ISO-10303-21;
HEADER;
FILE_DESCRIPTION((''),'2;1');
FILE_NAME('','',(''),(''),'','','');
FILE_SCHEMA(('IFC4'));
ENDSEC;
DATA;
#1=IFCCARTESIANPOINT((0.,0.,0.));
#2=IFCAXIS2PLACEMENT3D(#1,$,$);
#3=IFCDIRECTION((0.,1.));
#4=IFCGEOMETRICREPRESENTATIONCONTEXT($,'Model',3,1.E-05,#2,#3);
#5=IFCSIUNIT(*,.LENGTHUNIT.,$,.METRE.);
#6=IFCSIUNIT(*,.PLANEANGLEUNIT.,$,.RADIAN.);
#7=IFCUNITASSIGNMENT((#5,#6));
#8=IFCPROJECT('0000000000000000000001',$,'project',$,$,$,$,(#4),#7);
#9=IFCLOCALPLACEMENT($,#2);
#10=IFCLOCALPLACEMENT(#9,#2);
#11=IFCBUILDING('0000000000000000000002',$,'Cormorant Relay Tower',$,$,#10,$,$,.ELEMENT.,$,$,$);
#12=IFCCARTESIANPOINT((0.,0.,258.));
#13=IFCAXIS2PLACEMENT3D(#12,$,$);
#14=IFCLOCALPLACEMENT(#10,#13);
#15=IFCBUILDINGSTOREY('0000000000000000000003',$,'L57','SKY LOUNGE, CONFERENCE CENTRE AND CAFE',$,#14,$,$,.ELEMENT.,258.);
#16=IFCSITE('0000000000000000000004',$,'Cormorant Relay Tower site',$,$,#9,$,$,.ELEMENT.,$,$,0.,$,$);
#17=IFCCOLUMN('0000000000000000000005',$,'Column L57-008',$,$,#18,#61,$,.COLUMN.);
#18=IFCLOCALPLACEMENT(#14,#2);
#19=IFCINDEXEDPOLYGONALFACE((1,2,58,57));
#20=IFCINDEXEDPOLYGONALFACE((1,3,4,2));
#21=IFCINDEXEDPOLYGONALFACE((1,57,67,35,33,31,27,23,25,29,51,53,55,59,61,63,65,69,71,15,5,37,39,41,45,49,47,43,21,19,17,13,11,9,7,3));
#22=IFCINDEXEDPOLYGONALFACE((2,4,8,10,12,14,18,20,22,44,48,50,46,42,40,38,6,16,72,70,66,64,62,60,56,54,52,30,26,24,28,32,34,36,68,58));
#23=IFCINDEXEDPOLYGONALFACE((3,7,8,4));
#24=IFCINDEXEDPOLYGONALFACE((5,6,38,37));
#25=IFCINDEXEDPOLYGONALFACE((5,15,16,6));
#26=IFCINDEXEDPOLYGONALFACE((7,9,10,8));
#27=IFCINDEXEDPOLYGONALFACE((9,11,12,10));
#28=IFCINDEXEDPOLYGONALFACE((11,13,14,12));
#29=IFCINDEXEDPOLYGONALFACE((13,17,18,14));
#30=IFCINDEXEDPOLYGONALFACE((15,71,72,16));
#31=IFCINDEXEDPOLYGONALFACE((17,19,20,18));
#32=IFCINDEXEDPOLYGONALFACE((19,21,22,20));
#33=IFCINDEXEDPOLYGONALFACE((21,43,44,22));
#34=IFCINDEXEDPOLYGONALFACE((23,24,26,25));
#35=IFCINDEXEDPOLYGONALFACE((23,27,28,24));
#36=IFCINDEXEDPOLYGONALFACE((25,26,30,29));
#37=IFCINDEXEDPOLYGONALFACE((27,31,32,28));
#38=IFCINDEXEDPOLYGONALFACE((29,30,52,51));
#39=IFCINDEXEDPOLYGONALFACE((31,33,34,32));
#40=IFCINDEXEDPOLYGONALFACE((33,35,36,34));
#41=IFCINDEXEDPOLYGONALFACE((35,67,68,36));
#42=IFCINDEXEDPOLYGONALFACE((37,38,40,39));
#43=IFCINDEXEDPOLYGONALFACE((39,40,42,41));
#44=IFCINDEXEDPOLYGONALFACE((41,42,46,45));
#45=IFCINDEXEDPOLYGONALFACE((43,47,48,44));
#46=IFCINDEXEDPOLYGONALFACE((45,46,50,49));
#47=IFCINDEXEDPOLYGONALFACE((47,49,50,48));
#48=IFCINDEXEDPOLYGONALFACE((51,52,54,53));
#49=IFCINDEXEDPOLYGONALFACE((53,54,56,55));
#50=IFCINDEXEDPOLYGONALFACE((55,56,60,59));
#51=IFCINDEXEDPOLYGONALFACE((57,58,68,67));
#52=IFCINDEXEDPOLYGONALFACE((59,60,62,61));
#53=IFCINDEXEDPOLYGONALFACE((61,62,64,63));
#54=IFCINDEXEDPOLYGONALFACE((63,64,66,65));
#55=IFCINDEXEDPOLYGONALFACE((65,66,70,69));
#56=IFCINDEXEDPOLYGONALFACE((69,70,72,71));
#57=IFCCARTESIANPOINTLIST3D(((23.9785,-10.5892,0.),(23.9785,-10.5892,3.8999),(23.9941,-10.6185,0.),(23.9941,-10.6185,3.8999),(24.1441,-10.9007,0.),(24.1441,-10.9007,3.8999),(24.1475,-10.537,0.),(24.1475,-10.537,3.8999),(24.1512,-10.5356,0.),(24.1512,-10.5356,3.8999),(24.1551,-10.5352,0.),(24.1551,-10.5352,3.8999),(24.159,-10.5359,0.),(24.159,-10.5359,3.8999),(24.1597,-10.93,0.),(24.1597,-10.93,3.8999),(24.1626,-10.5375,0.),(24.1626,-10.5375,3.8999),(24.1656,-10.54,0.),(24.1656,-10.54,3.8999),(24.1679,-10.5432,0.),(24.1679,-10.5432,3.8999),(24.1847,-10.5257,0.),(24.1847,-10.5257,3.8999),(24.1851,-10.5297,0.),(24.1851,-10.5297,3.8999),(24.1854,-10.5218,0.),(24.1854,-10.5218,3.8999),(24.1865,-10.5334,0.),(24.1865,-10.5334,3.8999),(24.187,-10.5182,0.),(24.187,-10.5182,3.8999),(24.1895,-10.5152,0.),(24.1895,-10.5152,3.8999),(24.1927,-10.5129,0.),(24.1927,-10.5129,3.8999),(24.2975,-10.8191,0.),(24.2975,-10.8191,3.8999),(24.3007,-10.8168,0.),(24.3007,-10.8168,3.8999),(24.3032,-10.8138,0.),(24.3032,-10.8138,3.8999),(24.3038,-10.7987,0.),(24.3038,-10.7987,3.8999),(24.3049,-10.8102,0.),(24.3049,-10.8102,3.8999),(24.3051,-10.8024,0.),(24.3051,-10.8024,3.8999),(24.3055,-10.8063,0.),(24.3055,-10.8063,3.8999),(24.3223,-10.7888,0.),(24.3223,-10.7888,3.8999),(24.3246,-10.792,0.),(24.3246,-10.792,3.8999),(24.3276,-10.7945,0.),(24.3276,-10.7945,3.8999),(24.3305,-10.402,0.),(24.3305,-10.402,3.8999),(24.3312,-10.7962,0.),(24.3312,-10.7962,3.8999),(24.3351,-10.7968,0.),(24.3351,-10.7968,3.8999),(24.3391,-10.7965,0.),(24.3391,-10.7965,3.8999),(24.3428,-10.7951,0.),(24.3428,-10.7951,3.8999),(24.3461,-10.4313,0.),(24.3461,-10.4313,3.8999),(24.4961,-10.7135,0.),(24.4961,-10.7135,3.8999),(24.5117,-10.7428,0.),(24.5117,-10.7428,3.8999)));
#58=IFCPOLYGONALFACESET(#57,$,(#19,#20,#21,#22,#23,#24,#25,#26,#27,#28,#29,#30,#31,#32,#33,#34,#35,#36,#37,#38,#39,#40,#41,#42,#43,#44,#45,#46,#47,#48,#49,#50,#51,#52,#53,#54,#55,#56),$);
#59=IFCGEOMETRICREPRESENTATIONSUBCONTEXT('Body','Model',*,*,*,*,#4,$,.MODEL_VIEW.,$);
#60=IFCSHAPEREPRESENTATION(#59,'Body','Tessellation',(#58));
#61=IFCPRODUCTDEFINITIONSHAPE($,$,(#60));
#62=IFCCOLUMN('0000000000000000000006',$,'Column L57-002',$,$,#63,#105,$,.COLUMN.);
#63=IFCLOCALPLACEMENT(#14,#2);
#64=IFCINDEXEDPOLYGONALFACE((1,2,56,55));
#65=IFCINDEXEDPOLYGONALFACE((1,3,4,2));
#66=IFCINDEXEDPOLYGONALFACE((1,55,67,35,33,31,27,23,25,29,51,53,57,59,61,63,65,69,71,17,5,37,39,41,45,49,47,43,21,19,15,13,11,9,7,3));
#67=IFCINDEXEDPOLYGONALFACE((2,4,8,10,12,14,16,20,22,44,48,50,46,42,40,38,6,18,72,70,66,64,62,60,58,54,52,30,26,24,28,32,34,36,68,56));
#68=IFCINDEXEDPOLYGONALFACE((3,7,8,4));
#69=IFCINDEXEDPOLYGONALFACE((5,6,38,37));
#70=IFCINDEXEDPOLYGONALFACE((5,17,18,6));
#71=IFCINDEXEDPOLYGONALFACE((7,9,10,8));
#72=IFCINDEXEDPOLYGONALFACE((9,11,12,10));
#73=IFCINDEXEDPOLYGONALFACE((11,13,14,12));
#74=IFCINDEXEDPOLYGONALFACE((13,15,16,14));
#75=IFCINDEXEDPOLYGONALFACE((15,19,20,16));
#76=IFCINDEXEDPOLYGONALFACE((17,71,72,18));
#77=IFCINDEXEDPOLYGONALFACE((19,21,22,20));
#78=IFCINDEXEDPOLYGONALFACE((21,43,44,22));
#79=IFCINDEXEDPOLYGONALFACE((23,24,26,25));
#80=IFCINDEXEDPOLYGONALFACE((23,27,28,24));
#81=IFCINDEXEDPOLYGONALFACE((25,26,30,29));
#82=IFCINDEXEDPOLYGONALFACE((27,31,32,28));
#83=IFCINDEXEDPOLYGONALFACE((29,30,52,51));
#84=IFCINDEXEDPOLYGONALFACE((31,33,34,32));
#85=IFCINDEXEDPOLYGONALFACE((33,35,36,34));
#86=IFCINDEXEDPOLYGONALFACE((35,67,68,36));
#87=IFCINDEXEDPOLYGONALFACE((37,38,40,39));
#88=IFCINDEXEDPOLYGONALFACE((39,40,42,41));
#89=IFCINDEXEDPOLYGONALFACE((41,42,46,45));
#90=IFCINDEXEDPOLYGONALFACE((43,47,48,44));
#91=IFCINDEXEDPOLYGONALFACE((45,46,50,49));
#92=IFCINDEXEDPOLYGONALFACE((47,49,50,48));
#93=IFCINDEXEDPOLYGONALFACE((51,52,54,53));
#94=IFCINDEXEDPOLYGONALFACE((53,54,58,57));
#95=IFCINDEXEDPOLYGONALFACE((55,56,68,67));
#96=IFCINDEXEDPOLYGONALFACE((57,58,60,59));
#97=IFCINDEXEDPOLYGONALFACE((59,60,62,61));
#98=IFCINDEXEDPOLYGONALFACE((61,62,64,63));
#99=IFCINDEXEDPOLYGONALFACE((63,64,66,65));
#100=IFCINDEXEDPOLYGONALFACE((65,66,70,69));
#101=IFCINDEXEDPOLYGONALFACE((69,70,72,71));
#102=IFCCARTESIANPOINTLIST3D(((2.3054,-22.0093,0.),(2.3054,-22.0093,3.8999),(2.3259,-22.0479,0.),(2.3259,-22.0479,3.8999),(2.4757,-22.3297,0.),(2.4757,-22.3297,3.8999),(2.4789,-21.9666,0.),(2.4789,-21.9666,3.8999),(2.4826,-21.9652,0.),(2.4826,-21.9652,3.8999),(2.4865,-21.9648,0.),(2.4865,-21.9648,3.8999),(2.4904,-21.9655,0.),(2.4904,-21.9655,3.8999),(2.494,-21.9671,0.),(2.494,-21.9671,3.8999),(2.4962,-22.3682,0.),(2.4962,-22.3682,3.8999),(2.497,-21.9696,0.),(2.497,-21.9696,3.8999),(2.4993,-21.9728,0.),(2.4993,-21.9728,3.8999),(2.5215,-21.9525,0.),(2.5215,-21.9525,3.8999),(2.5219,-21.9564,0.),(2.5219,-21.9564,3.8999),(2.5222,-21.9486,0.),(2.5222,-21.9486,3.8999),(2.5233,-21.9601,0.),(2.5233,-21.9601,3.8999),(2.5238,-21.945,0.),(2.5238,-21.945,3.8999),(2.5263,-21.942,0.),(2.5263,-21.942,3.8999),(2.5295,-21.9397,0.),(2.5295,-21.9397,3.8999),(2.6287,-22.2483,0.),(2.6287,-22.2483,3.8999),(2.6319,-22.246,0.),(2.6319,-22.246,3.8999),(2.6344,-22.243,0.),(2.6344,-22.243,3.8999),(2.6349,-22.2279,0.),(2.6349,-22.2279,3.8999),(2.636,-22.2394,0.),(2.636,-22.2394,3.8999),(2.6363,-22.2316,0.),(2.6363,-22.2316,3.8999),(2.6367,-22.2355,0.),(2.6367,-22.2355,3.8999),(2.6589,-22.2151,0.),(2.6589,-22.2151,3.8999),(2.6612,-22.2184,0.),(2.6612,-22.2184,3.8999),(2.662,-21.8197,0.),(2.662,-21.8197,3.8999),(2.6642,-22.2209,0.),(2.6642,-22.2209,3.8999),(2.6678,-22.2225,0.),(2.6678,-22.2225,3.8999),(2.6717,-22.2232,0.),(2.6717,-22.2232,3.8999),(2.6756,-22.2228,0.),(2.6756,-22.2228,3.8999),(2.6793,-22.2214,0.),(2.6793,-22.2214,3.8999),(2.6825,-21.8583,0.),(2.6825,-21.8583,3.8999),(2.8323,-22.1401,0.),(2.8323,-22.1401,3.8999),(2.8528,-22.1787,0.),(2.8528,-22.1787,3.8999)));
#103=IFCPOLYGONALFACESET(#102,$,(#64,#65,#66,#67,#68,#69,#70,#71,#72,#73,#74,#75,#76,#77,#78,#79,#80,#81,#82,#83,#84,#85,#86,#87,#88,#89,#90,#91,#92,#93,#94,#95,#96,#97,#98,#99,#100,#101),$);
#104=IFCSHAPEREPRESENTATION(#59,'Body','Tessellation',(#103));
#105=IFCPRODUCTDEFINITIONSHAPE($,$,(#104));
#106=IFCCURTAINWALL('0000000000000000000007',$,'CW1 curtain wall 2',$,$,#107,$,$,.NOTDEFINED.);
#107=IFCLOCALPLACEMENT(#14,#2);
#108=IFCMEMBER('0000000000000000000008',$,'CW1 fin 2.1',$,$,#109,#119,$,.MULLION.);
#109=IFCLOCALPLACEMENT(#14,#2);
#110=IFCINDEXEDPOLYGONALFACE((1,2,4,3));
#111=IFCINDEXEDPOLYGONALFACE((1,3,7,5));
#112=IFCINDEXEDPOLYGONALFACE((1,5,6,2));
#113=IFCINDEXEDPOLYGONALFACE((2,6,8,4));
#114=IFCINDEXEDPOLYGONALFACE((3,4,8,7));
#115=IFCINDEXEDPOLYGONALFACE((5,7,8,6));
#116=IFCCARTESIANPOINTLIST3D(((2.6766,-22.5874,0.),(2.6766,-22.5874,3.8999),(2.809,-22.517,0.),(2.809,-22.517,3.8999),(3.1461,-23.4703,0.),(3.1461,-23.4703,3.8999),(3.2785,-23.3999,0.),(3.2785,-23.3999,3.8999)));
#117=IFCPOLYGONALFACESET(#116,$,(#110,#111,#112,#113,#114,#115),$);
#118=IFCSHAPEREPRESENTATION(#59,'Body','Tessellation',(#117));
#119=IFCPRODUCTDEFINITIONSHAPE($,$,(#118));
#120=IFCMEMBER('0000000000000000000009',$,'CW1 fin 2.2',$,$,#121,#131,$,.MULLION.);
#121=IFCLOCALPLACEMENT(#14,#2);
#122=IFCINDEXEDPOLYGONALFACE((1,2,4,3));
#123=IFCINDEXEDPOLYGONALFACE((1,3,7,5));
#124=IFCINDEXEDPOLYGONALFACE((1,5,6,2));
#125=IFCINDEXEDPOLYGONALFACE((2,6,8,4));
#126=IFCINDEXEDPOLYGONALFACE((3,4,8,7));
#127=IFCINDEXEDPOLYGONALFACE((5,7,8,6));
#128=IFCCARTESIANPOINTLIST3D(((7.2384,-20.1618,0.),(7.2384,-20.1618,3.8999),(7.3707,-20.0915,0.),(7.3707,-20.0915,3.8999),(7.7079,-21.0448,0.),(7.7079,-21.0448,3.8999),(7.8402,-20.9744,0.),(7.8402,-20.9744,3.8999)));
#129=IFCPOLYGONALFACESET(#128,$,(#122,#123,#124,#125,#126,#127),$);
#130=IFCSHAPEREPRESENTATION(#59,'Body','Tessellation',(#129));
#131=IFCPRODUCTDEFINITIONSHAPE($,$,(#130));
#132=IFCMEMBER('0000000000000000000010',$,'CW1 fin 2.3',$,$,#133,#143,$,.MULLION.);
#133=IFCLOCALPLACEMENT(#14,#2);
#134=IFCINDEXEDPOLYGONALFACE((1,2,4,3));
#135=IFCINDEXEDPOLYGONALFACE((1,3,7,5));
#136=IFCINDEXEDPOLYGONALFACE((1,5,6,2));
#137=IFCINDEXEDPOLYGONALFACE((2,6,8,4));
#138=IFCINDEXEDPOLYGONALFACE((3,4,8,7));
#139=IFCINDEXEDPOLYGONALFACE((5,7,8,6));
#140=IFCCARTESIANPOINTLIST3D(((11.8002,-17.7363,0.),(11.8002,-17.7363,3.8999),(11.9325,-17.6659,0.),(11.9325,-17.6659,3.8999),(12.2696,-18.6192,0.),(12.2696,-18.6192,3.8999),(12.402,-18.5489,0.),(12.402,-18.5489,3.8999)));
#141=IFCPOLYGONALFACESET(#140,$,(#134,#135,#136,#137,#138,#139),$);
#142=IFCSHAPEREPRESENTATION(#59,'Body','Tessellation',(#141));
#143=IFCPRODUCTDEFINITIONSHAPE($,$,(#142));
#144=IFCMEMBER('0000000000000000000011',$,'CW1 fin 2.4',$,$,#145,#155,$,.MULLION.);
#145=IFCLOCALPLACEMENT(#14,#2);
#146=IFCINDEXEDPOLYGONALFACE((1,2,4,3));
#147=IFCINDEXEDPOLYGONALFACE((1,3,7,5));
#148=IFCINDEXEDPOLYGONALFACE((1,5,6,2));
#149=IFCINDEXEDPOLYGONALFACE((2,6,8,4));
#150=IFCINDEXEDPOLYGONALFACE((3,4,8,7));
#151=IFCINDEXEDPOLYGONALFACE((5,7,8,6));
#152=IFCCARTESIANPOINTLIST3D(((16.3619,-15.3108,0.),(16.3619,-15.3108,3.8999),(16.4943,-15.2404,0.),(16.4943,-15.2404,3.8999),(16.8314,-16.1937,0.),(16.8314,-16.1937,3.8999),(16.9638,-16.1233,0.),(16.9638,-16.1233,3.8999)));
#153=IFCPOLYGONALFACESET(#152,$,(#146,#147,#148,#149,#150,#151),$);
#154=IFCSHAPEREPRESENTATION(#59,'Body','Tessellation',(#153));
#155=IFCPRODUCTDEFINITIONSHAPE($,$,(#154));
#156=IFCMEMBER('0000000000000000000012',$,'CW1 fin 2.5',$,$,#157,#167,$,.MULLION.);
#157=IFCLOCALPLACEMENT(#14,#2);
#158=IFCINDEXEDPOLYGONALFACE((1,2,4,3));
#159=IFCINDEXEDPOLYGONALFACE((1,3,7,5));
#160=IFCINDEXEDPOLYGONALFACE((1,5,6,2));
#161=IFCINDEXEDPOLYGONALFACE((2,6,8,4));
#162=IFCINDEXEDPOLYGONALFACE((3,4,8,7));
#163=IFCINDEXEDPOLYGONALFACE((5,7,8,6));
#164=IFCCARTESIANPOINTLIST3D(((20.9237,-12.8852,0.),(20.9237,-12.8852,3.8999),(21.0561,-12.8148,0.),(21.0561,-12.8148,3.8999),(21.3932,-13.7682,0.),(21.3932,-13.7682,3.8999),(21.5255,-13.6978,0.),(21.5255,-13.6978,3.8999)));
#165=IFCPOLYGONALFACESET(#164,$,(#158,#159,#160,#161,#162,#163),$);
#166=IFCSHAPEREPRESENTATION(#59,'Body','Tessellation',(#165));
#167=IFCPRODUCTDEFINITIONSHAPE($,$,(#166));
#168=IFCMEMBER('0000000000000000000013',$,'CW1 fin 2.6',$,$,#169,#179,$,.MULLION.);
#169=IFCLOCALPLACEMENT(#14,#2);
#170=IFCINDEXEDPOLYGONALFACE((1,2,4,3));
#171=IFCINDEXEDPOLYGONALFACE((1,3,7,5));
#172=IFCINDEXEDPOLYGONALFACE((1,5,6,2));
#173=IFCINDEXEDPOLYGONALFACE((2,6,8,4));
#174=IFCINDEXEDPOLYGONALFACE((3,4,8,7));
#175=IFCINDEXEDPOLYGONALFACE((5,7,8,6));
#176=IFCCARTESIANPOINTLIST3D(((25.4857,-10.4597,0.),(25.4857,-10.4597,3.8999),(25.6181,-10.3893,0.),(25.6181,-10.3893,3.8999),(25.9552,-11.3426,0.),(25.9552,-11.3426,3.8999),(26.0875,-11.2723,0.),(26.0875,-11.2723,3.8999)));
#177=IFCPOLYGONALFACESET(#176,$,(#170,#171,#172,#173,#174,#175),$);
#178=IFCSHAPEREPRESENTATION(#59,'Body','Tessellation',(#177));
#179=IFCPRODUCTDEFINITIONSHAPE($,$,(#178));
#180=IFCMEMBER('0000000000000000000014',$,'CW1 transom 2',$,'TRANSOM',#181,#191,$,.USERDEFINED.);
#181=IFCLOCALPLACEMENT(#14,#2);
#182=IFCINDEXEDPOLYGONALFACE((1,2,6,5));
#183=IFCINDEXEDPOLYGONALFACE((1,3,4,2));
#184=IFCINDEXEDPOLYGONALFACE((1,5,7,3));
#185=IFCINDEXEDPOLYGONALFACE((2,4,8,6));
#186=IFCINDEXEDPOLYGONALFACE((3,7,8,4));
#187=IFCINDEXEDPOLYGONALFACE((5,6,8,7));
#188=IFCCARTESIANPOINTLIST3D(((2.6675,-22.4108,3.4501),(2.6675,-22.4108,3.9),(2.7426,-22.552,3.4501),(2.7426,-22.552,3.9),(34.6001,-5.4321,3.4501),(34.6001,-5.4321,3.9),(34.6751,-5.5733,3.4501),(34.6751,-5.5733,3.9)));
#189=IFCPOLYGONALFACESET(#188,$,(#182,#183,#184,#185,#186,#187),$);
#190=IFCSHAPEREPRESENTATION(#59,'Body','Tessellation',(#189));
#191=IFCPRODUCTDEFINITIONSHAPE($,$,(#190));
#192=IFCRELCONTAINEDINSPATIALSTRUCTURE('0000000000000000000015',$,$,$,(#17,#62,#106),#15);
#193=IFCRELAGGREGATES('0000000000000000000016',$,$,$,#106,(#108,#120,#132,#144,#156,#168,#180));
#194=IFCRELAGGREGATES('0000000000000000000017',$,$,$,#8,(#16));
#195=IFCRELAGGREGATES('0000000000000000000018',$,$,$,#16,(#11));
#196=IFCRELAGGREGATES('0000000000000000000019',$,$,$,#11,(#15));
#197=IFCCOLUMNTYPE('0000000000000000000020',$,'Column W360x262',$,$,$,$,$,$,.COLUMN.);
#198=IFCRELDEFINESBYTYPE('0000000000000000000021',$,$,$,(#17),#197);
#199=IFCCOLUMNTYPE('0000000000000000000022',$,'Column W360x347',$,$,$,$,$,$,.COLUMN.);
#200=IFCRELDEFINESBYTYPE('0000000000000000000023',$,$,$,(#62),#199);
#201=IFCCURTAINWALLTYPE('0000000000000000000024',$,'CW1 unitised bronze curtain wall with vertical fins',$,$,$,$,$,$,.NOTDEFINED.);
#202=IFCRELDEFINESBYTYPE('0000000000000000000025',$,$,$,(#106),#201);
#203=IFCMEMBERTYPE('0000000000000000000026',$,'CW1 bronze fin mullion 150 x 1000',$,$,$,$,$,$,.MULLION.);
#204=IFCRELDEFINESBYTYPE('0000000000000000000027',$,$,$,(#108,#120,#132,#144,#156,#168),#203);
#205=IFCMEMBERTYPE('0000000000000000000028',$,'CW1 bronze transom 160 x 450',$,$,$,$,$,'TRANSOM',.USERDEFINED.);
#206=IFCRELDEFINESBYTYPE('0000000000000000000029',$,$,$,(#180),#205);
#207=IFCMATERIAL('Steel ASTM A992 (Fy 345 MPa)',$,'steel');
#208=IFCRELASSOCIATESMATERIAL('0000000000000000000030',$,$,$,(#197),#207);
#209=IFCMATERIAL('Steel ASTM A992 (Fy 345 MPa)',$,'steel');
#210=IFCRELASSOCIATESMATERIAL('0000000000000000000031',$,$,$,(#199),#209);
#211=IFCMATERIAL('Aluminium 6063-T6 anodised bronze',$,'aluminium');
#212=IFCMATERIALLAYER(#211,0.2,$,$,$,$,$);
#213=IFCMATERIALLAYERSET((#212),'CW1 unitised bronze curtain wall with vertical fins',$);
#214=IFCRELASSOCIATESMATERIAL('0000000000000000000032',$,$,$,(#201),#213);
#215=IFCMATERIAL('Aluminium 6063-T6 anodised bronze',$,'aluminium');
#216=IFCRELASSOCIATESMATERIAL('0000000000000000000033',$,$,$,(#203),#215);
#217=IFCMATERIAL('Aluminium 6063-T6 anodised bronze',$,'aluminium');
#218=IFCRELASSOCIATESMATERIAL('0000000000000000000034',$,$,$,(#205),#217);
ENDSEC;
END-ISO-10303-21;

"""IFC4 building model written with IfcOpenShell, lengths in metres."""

from ifc_helpers import new_model, si_unit, direction, frame, origin, origin_2d, place, context, subcontext, project, spatial, rectangle, i_section, extrude, material, layer, layer_set, material_profile, profile_set, type_object, element, aggregate, save


model = new_model("IFC4")

# Units and contexts
model_context = context("Model", 3, precision=1e-05, world=origin(), true_north=direction((0.0, 1.0)))
body_context = subcontext(model_context, "Body", "Model", "MODEL_VIEW")
ifc_project = project(units=[si_unit("LENGTHUNIT", "METRE"), si_unit("PLANEANGLEUNIT", "RADIAN")], contexts=[model_context])

# Site, building, storey
site_placement = place(None, origin())
site = spatial("IfcSite", under=ifc_project, at=site_placement, Name="Cormorant Relay Tower site", CompositionType="ELEMENT", RefElevation=0.0)
building_placement = place(site_placement, origin())
building = spatial("IfcBuilding", under=site, at=building_placement, Name="Cormorant Relay Tower", CompositionType="ELEMENT")
storey_placement = place(building_placement, frame((0.0, 0.0, 258.0)))
storey = spatial("IfcBuildingStorey", under=building, at=storey_placement, Name="L57", Description="SKY LOUNGE, CONFERENCE CENTRE AND CAFE", CompositionType="ELEMENT", Elevation=258.0)

# Columns
ifc_material_1 = material(Name="Steel ASTM A992 (Fy 345 MPa)", Category="steel")
ifc_material_profile_1 = material_profile(ifc_material_1, i_section(OverallWidth=0.3987, OverallDepth=0.386, WebThickness=0.021, FlangeThickness=0.0332, FilletRadius=0.0151, at=origin_2d()), Name="W360x262")
ifc_profile_set_1 = profile_set([ifc_material_profile_1], Name="Steel ASTM A992 (Fy 345 MPa)")
column_type_1 = type_object("IfcColumnType", Name="Column W360x262", PredefinedType="COLUMN", material=ifc_profile_set_1)
for number, where, z_axis, x_axis, name in (
    (1, (24.2451, -10.666, 0.0), (0.0, 0.0, 1.0), (0.882948, 0.469472, 0.0), "Column L57-008"),
):
    element("IfcColumn", number, at=place(storey_placement, frame(where, z_axis=z_axis, x_axis=x_axis)), inside=storey, type_object=column_type_1, Name=name, PredefinedType="COLUMN", context=body_context, shape_type="SweptSolid", body=[
        extrude(i_section(OverallWidth=0.3987, OverallDepth=0.386, WebThickness=0.021, FlangeThickness=0.0332, FilletRadius=0.0151, at=origin_2d()), origin(), (0.0, 0.0, 1.0), 3.8999),
    ])
ifc_material_2 = material(Name="Steel ASTM A992 (Fy 345 MPa)", Category="steel")
ifc_material_profile_2 = material_profile(ifc_material_2, i_section(OverallWidth=0.4038, OverallDepth=0.4065, WebThickness=0.0271, FlangeThickness=0.0437, FilletRadius=0.0151, at=origin_2d()), Name="W360x347")
ifc_profile_set_2 = profile_set([ifc_material_profile_2], Name="Steel ASTM A992 (Fy 345 MPa)")
column_type_2 = type_object("IfcColumnType", Name="Column W360x347", PredefinedType="COLUMN", material=ifc_profile_set_2)
column_1_placement = place(storey_placement, frame((2.5791, -22.094, 0.0), z_axis=(0.0, 0.0, 1.0), x_axis=(0.882948, 0.469472, 0.0)))
element("IfcColumn", 2, at=column_1_placement, inside=storey, type_object=column_type_2, Name="Column L57-002", PredefinedType="COLUMN", context=body_context, shape_type="SweptSolid", body=[
    extrude(i_section(OverallWidth=0.4038, OverallDepth=0.4065, WebThickness=0.0271, FlangeThickness=0.0437, FilletRadius=0.0151, at=origin_2d()), origin(), (0.0, 0.0, 1.0), 3.8999),
])

# Curtain wall, members
ifc_material_3 = material(Name="Aluminium 6063-T6 anodised bronze", Category="aluminium")
ifc_layer_1 = layer(ifc_material_3, 0.2)
ifc_layer_set_1 = layer_set([ifc_layer_1], Name="CW1 unitised bronze curtain wall with vertical fins")
curtain_wall_type = type_object("IfcCurtainWallType", Name="CW1 unitised bronze curtain wall with vertical fins", PredefinedType="NOTDEFINED", material=ifc_layer_set_1)
curtain_wall_1_placement = place(storey_placement, origin())
curtain_wall_1 = element("IfcCurtainWall", 3, at=curtain_wall_1_placement, inside=storey, type_object=curtain_wall_type, Name="CW1 curtain wall 2", PredefinedType="NOTDEFINED")
ifc_material_4 = material(Name="Aluminium 6063-T6 anodised bronze", Category="aluminium")
ifc_material_profile_3 = material_profile(ifc_material_4, rectangle(XDim=0.1499, YDim=1.0, at=origin_2d()), Name="AL 150x1000")
ifc_profile_set_3 = profile_set([ifc_material_profile_3], Name="Aluminium 6063-T6 anodised bronze")
member_type_1 = type_object("IfcMemberType", Name="CW1 bronze fin mullion 150 x 1000", PredefinedType="MULLION", material=ifc_profile_set_3)
member_1_placement = place(storey_placement, frame((2.9775, -22.9937, 0.0), z_axis=(0.0, 0.0, 1.0), x_axis=(0.882948, 0.469472, 0.0)))
member_1 = element("IfcMember", 4, at=member_1_placement, type_object=member_type_1, Name="CW1 fin 2.1", PredefinedType="MULLION", context=body_context, shape_type="SweptSolid", body=[
    extrude(rectangle(XDim=0.1499, YDim=1.0, at=origin_2d()), origin(), (0.0, 0.0, 1.0), 3.8999),
])
member_2_placement = place(storey_placement, frame((7.5393, -20.5681, 0.0), z_axis=(0.0, 0.0, 1.0), x_axis=(0.882948, 0.469472, 0.0)))
member_2 = element("IfcMember", 5, at=member_2_placement, type_object=member_type_1, Name="CW1 fin 2.2", PredefinedType="MULLION", context=body_context, shape_type="SweptSolid", body=[
    extrude(rectangle(XDim=0.1499, YDim=1.0, at=origin_2d()), origin(), (0.0, 0.0, 1.0), 3.8999),
])
member_3_placement = place(storey_placement, frame((12.1011, -18.1426, 0.0), z_axis=(0.0, 0.0, 1.0), x_axis=(0.882948, 0.469472, 0.0)))
member_3 = element("IfcMember", 6, at=member_3_placement, type_object=member_type_1, Name="CW1 fin 2.3", PredefinedType="MULLION", context=body_context, shape_type="SweptSolid", body=[
    extrude(rectangle(XDim=0.1499, YDim=1.0, at=origin_2d()), origin(), (0.0, 0.0, 1.0), 3.8999),
])
member_4_placement = place(storey_placement, frame((16.6628, -15.717, 0.0), z_axis=(0.0, 0.0, 1.0), x_axis=(0.882948, 0.469472, 0.0)))
member_4 = element("IfcMember", 7, at=member_4_placement, type_object=member_type_1, Name="CW1 fin 2.4", PredefinedType="MULLION", context=body_context, shape_type="SweptSolid", body=[
    extrude(rectangle(XDim=0.1499, YDim=1.0, at=origin_2d()), origin(), (0.0, 0.0, 1.0), 3.8999),
])
member_5_placement = place(storey_placement, frame((21.2246, -13.2915, 0.0), z_axis=(0.0, 0.0, 1.0), x_axis=(0.882948, 0.469472, 0.0)))
member_5 = element("IfcMember", 8, at=member_5_placement, type_object=member_type_1, Name="CW1 fin 2.5", PredefinedType="MULLION", context=body_context, shape_type="SweptSolid", body=[
    extrude(rectangle(XDim=0.1499, YDim=1.0, at=origin_2d()), origin(), (0.0, 0.0, 1.0), 3.8999),
])
member_6_placement = place(storey_placement, frame((25.7866, -10.866, 0.0), z_axis=(0.0, 0.0, 1.0), x_axis=(0.882948, 0.469472, 0.0)))
member_6 = element("IfcMember", 9, at=member_6_placement, type_object=member_type_1, Name="CW1 fin 2.6", PredefinedType="MULLION", context=body_context, shape_type="SweptSolid", body=[
    extrude(rectangle(XDim=0.1499, YDim=1.0, at=origin_2d()), origin(), (0.0, 0.0, 1.0), 3.8999),
])
ifc_material_5 = material(Name="Aluminium 6063-T6 anodised bronze", Category="aluminium")
ifc_material_profile_4 = material_profile(ifc_material_5, rectangle(XDim=0.1599, YDim=0.45, at=origin_2d()), Name="AL 160x450")
ifc_profile_set_4 = profile_set([ifc_material_profile_4], Name="Aluminium 6063-T6 anodised bronze")
member_type_2 = type_object("IfcMemberType", Name="CW1 bronze transom 160 x 450", ElementType="TRANSOM", PredefinedType="USERDEFINED", material=ifc_profile_set_4)
member_7_placement = place(storey_placement, frame((2.7051, -22.4814, 3.675), z_axis=(0.882949, 0.469469, 0.0), x_axis=(-0.469469, 0.882949, 0.0)))
member_7 = element("IfcMember", 10, at=member_7_placement, type_object=member_type_2, Name="CW1 transom 2", ObjectType="TRANSOM", PredefinedType="USERDEFINED", context=body_context, shape_type="SweptSolid", body=[
    extrude(rectangle(XDim=0.1599, YDim=0.45, at=origin_2d()), origin(), (0.0, 0.0, 1.0), 36.1658),
])

aggregate(curtain_wall_1, [member_1, member_2, member_3, member_4, member_5, member_6, member_7])

save(model, "model.ifc")
